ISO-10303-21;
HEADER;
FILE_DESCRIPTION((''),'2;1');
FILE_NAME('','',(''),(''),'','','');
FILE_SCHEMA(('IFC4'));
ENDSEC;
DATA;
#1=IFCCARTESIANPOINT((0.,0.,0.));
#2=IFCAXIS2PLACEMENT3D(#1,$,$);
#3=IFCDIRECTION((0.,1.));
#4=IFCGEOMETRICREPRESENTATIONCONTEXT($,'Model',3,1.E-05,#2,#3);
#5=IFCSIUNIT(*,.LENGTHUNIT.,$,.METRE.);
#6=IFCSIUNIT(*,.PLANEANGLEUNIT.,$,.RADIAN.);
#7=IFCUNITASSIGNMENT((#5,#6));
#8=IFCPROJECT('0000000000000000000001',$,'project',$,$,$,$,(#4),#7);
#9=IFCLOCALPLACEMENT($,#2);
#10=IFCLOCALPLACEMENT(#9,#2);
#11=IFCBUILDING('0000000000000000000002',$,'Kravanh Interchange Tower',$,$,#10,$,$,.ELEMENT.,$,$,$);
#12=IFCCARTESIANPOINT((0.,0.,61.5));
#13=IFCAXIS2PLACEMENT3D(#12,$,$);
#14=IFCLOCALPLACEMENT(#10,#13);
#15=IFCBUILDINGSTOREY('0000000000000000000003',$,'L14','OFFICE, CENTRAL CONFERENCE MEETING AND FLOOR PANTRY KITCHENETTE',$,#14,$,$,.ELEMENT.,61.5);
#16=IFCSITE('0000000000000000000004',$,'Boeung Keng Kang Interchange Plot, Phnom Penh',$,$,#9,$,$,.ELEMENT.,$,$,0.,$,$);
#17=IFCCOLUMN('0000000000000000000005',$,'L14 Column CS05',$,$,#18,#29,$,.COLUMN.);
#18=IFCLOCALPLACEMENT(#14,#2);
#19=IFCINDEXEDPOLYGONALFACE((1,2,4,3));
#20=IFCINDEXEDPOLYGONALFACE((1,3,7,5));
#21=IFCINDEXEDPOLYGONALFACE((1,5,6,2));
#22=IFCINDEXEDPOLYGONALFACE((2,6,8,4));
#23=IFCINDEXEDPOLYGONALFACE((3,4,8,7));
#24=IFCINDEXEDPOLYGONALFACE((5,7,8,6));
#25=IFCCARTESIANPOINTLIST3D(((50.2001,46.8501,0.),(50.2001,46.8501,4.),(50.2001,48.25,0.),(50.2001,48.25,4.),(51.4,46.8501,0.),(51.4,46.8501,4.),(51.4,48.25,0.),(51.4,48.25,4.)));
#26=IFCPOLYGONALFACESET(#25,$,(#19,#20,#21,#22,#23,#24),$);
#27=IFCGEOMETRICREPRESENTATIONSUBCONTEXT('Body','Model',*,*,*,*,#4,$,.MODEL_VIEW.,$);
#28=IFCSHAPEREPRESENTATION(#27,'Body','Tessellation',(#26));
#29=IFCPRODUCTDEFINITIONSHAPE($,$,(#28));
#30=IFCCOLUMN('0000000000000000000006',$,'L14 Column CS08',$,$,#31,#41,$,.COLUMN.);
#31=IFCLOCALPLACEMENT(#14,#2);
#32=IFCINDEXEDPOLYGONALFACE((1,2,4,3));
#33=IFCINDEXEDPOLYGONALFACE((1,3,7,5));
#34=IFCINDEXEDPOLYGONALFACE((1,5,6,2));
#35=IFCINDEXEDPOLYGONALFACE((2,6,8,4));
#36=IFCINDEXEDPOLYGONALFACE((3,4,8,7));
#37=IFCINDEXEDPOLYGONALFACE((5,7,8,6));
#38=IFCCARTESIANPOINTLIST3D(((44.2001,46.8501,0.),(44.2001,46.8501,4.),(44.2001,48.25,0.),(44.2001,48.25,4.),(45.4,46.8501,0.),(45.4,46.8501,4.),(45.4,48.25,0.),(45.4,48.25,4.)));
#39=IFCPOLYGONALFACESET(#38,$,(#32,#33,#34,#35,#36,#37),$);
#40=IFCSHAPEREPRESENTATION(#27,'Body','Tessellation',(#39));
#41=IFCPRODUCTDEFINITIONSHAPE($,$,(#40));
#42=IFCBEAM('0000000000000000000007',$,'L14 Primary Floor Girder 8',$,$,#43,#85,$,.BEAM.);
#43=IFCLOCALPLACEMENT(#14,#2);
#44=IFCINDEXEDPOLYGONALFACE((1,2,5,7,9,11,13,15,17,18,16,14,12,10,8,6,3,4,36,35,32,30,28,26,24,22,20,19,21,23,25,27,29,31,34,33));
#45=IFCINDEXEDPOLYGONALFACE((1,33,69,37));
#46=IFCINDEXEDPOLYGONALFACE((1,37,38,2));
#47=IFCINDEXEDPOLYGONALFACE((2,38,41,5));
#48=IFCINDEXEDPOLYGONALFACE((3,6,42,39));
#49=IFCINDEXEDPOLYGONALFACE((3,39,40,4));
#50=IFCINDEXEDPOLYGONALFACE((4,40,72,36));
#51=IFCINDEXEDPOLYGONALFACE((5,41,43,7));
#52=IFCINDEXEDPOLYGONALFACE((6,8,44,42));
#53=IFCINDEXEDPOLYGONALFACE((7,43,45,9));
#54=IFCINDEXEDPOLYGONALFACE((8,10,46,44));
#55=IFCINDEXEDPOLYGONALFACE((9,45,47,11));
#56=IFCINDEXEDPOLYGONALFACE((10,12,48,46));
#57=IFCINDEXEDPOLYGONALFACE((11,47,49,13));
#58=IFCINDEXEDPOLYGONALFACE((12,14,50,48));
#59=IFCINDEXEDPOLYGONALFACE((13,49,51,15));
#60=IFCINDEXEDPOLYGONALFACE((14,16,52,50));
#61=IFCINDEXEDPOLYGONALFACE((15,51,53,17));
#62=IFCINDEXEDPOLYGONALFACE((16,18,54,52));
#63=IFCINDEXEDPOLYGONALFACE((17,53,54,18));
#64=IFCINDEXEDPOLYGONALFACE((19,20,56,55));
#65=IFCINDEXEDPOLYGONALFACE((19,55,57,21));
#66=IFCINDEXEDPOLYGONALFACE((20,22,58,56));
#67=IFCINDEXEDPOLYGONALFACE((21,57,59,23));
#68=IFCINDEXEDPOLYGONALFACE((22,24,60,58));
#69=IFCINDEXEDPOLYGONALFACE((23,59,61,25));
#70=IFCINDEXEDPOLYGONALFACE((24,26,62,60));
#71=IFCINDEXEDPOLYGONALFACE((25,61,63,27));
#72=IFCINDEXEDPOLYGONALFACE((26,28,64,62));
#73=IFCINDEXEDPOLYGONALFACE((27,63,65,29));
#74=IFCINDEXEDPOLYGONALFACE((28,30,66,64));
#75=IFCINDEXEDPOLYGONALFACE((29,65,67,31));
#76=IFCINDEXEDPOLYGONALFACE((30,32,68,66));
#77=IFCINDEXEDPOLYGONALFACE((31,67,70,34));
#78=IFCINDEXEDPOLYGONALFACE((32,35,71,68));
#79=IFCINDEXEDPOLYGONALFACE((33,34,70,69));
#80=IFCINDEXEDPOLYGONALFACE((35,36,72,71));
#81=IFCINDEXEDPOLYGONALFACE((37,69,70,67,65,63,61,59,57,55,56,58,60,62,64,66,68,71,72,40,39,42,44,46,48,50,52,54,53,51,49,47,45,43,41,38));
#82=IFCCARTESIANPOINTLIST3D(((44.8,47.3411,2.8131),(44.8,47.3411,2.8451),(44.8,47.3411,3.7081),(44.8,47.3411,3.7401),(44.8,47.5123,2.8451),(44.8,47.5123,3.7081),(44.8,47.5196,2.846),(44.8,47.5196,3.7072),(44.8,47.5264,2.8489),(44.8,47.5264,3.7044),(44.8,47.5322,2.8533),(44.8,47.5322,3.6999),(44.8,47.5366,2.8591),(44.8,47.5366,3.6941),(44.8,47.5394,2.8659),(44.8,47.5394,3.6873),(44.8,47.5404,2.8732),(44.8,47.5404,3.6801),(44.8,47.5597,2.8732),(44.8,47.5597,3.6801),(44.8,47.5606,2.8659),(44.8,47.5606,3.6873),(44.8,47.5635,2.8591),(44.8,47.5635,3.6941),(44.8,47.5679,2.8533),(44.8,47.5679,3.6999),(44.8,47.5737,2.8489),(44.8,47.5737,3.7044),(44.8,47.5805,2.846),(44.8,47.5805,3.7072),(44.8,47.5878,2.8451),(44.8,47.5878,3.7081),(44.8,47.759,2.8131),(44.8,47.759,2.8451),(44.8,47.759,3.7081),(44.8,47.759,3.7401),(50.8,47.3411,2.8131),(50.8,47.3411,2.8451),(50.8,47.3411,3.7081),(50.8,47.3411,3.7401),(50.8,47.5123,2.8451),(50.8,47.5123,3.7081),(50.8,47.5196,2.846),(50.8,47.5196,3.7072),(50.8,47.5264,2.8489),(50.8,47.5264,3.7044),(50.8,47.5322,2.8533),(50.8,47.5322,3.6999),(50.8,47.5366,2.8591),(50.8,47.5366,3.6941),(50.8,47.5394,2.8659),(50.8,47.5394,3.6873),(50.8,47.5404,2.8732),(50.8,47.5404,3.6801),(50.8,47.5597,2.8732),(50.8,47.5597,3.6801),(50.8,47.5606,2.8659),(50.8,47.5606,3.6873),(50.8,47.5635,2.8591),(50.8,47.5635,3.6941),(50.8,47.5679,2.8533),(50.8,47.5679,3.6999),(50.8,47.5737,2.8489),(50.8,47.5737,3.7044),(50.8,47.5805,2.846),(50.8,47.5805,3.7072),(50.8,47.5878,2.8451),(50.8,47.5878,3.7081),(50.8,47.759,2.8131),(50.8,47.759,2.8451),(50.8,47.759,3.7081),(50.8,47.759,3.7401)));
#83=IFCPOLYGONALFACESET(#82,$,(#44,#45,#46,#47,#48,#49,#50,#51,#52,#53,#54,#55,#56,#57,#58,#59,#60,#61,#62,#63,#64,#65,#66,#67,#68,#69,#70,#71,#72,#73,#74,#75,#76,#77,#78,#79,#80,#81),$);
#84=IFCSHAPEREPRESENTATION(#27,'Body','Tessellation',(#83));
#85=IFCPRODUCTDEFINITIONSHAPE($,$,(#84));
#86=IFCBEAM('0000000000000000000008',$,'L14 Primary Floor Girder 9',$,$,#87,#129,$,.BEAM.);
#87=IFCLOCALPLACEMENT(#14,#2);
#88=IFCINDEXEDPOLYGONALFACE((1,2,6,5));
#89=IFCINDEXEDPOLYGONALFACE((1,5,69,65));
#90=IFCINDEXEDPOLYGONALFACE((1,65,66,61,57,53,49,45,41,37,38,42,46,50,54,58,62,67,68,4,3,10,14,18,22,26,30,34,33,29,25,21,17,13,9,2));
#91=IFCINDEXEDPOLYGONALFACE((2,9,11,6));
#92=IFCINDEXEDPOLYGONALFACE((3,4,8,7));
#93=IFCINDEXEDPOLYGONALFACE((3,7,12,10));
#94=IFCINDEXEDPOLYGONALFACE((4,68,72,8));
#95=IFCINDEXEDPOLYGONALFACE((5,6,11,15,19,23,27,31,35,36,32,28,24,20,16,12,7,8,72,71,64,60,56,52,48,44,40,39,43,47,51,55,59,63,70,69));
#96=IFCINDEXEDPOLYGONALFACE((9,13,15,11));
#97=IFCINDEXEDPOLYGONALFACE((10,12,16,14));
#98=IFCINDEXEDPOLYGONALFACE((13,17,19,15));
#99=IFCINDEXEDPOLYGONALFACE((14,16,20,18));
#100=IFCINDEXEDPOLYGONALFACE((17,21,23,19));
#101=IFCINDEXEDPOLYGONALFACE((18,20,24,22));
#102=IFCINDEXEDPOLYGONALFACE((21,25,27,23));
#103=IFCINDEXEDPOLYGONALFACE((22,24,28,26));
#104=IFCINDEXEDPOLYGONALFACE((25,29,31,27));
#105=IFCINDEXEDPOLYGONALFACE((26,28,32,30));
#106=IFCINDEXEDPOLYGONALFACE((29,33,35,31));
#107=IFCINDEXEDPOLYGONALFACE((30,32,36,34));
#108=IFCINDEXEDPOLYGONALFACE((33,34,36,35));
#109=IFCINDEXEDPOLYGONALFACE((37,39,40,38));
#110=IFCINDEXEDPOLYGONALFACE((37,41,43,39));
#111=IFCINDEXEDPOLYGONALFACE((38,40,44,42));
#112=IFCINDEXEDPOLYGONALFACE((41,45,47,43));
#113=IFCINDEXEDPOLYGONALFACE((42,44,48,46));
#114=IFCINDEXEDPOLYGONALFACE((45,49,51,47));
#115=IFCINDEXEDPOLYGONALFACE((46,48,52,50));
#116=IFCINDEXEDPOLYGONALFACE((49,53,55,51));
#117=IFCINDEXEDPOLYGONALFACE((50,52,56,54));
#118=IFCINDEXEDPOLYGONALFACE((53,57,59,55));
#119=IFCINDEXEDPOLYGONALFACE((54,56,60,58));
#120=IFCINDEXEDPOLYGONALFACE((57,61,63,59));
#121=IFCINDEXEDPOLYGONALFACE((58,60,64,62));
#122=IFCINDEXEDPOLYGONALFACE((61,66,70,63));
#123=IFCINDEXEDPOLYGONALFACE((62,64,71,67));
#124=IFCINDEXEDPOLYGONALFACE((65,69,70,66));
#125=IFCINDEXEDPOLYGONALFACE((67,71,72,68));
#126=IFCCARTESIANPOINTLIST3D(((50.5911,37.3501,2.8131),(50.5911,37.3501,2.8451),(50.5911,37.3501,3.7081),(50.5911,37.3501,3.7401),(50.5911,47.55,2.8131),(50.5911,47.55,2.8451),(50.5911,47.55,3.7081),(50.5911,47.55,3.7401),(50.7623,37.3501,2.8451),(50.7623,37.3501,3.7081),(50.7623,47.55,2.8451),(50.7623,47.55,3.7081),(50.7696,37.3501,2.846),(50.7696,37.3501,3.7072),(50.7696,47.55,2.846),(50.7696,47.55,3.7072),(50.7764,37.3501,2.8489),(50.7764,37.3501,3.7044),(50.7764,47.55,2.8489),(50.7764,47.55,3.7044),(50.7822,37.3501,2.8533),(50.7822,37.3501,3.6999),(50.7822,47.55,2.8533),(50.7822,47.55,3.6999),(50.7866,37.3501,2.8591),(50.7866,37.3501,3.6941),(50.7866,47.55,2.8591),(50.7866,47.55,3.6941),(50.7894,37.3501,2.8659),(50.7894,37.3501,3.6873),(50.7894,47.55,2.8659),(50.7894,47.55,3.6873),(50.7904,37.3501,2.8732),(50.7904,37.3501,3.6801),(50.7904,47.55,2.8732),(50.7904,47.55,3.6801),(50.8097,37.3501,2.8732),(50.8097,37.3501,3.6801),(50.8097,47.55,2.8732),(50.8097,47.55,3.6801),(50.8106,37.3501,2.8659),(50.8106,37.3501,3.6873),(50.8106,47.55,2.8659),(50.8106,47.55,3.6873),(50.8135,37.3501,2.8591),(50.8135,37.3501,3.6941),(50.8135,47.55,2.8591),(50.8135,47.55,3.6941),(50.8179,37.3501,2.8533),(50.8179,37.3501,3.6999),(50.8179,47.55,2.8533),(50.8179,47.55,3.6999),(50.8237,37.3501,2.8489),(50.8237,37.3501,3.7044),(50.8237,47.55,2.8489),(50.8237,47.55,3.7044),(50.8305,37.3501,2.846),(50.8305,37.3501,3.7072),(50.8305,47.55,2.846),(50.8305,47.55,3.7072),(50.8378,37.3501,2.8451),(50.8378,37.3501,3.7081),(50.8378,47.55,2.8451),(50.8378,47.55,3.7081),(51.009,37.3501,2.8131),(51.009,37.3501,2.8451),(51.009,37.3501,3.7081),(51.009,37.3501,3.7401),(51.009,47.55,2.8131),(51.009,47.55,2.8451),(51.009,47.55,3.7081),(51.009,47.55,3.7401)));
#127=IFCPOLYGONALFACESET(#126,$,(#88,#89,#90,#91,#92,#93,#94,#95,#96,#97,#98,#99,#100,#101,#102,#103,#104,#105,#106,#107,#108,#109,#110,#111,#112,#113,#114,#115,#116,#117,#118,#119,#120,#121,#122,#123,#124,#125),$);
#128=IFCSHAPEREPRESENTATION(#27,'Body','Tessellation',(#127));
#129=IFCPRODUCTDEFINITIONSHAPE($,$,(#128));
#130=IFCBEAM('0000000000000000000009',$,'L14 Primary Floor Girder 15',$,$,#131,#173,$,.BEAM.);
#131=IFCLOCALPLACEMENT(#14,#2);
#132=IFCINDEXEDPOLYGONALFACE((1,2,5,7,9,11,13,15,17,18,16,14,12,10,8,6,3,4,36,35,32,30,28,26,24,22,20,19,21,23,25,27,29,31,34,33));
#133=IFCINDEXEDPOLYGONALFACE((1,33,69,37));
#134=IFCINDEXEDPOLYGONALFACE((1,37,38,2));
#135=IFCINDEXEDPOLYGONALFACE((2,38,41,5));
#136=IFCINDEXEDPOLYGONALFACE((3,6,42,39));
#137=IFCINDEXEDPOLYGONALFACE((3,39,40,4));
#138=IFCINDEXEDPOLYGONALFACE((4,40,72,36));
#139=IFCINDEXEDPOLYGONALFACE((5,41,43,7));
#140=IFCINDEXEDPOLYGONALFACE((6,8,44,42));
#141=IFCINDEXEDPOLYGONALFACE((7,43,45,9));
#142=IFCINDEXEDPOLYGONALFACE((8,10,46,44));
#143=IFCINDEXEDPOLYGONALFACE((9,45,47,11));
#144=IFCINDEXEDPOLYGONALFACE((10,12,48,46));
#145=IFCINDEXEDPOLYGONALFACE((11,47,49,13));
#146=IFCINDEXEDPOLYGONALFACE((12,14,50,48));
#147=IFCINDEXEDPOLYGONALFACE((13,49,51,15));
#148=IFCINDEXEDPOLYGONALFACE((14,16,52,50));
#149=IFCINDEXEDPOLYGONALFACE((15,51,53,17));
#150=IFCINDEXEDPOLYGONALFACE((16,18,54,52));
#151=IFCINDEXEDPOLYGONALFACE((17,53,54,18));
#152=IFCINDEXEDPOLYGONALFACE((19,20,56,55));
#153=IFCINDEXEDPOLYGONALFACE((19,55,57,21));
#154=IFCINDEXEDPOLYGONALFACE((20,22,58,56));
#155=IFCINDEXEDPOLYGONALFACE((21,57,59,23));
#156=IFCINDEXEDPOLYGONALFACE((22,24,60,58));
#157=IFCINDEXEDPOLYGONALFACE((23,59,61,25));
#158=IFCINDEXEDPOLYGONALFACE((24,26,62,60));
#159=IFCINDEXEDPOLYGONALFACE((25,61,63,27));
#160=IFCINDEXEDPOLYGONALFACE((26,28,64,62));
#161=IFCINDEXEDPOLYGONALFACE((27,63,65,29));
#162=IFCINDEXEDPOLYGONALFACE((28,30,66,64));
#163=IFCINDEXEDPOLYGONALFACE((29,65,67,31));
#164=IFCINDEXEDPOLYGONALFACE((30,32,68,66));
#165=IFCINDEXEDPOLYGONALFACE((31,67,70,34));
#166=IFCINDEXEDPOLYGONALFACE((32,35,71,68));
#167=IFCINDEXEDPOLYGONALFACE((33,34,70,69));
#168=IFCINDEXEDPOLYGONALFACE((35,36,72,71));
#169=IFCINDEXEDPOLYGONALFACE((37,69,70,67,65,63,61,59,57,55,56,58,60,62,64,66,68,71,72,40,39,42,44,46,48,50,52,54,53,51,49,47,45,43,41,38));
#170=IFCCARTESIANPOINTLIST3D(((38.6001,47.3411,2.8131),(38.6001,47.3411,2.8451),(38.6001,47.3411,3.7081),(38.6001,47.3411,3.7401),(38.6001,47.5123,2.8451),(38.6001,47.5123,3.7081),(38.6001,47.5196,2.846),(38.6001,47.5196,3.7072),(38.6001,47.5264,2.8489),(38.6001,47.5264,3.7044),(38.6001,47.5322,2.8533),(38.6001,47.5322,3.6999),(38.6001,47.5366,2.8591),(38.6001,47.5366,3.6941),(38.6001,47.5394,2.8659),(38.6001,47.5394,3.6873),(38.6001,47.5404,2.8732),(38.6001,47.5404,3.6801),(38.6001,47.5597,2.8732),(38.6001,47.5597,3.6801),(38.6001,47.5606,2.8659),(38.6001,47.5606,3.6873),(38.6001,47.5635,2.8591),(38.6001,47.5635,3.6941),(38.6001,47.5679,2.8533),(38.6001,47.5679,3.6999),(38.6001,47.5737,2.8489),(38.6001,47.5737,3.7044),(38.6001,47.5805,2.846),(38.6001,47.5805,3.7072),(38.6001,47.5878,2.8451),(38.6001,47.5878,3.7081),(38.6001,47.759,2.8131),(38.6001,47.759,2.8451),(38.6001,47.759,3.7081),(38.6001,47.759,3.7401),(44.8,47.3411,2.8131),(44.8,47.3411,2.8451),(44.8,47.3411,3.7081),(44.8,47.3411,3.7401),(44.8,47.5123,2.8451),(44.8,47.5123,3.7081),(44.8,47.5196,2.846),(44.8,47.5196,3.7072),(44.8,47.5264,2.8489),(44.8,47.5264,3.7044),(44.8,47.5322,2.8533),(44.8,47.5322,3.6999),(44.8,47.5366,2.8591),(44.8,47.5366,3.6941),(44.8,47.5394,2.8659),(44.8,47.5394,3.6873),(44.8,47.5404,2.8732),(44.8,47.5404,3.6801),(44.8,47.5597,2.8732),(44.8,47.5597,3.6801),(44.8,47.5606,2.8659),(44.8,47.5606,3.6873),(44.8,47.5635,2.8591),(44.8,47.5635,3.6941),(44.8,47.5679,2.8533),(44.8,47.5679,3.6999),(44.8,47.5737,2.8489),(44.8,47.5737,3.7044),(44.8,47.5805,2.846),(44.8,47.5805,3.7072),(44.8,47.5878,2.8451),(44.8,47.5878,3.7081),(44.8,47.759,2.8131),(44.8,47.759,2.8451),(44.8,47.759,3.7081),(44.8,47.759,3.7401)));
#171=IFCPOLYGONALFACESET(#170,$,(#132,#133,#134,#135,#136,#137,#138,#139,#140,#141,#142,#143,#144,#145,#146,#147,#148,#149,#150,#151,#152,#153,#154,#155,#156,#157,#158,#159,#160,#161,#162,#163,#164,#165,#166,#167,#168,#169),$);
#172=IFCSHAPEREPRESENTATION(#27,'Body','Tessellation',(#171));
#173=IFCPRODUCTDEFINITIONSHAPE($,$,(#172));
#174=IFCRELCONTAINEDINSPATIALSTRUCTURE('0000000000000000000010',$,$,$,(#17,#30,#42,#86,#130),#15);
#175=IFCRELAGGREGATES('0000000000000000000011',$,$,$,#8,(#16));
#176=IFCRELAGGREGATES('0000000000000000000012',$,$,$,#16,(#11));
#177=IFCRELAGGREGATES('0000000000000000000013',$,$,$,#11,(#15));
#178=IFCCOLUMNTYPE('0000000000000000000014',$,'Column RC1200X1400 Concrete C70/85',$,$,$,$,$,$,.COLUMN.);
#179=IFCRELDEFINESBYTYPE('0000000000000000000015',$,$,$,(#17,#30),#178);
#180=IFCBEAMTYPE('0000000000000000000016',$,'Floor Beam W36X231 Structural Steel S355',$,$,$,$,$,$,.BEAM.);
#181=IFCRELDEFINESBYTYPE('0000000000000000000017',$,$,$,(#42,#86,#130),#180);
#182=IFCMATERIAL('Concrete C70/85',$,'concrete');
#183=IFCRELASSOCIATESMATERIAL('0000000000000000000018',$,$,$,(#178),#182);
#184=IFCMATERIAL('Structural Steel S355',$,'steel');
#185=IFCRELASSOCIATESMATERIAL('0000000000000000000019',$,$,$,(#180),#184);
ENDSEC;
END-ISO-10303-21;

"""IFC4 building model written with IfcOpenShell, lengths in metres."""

from ifc_helpers import new_model, si_unit, direction, frame, origin, origin_2d, place, context, subcontext, project, spatial, rectangle, i_section, extrude, material, material_profile, profile_set, type_object, element, save


model = new_model("IFC4")

# Units and contexts
model_context = context("Model", 3, precision=1e-05, world=origin(), true_north=direction((0.0, 1.0)))
body_context = subcontext(model_context, "Body", "Model", "MODEL_VIEW")
ifc_project = project(units=[si_unit("LENGTHUNIT", "METRE"), si_unit("PLANEANGLEUNIT", "RADIAN")], contexts=[model_context])

# Site, building, storey
site_placement = place(None, origin())
site = spatial("IfcSite", under=ifc_project, at=site_placement, Name="Boeung Keng Kang Interchange Plot, Phnom Penh", CompositionType="ELEMENT", RefElevation=0.0)
building_placement = place(site_placement, origin())
building = spatial("IfcBuilding", under=site, at=building_placement, Name="Kravanh Interchange Tower", CompositionType="ELEMENT")
storey_placement = place(building_placement, frame((0.0, 0.0, 61.5)))
storey = spatial("IfcBuildingStorey", under=building, at=storey_placement, Name="L14", Description="OFFICE, CENTRAL CONFERENCE MEETING AND FLOOR PANTRY KITCHENETTE", CompositionType="ELEMENT", Elevation=61.5)

# Columns
ifc_material_1 = material(Name="Concrete C70/85", Category="concrete")
ifc_material_profile_1 = material_profile(ifc_material_1, rectangle(XDim=1.2, YDim=1.3999, at=origin_2d()), Name="RC1200X1400")
ifc_profile_set_1 = profile_set([ifc_material_profile_1], Name="Concrete C70/85")
column_type = type_object("IfcColumnType", Name="Column RC1200X1400 Concrete C70/85", PredefinedType="COLUMN", material=ifc_profile_set_1)
for number, where, z_axis, x_axis, name in (
    (1, (50.8, 47.55, 0.0), (0.0, 0.0, 1.0), (1.0, 0.0, 0.0), "L14 Column CS05"),
    (2, (44.8, 47.55, 0.0), (0.0, 0.0, 1.0), (1.0, 0.0, 0.0), "L14 Column CS08"),
):
    element("IfcColumn", number, at=place(storey_placement, frame(where, z_axis=z_axis, x_axis=x_axis)), inside=storey, type_object=column_type, Name=name, PredefinedType="COLUMN", context=body_context, shape_type="SweptSolid", body=[
        extrude(rectangle(XDim=1.2, YDim=1.3999, at=origin_2d()), origin(), (0.0, 0.0, 1.0), 4.0),
    ])

# Beams
ifc_material_2 = material(Name="Structural Steel S355", Category="steel")
ifc_material_profile_2 = material_profile(ifc_material_2, i_section(OverallWidth=0.418, OverallDepth=0.927, WebThickness=0.0193, FlangeThickness=0.032, FilletRadius=0.0281, at=origin_2d()), Name="W36X231")
ifc_profile_set_2 = profile_set([ifc_material_profile_2], Name="Structural Steel S355")
beam_type = type_object("IfcBeamType", Name="Floor Beam W36X231 Structural Steel S355", PredefinedType="BEAM", material=ifc_profile_set_2)
beam_1_placement = place(storey_placement, frame((50.8, 47.55, 3.2766), z_axis=(-1.0, 0.0, 0.0), x_axis=(0.0, -1.0, 0.0)))
element("IfcBeam", 3, at=beam_1_placement, inside=storey, type_object=beam_type, Name="L14 Primary Floor Girder 8", PredefinedType="BEAM", context=body_context, shape_type="SweptSolid", body=[
    extrude(i_section(OverallWidth=0.418, OverallDepth=0.927, WebThickness=0.0193, FlangeThickness=0.032, FilletRadius=0.0281, at=origin_2d()), origin(), (0.0, 0.0, 1.0), 6.0),
])
beam_2_placement = place(storey_placement, frame((50.8, 47.55, 3.2766), z_axis=(0.0, -1.0, 0.0), x_axis=(1.0, 0.0, 0.0)))
element("IfcBeam", 4, at=beam_2_placement, inside=storey, type_object=beam_type, Name="L14 Primary Floor Girder 9", PredefinedType="BEAM", context=body_context, shape_type="SweptSolid", body=[
    extrude(i_section(OverallWidth=0.418, OverallDepth=0.927, WebThickness=0.0193, FlangeThickness=0.032, FilletRadius=0.0281, at=origin_2d()), origin(), (0.0, 0.0, 1.0), 10.2),
])
beam_3_placement = place(storey_placement, frame((44.8, 47.55, 3.2766), z_axis=(-1.0, 0.0, 0.0), x_axis=(0.0, -1.0, 0.0)))
element("IfcBeam", 5, at=beam_3_placement, inside=storey, type_object=beam_type, Name="L14 Primary Floor Girder 15", PredefinedType="BEAM", context=body_context, shape_type="SweptSolid", body=[
    extrude(i_section(OverallWidth=0.418, OverallDepth=0.927, WebThickness=0.0193, FlangeThickness=0.032, FilletRadius=0.0281, at=origin_2d()), origin(), (0.0, 0.0, 1.0), 6.2),
])

save(model, "model.ifc")
